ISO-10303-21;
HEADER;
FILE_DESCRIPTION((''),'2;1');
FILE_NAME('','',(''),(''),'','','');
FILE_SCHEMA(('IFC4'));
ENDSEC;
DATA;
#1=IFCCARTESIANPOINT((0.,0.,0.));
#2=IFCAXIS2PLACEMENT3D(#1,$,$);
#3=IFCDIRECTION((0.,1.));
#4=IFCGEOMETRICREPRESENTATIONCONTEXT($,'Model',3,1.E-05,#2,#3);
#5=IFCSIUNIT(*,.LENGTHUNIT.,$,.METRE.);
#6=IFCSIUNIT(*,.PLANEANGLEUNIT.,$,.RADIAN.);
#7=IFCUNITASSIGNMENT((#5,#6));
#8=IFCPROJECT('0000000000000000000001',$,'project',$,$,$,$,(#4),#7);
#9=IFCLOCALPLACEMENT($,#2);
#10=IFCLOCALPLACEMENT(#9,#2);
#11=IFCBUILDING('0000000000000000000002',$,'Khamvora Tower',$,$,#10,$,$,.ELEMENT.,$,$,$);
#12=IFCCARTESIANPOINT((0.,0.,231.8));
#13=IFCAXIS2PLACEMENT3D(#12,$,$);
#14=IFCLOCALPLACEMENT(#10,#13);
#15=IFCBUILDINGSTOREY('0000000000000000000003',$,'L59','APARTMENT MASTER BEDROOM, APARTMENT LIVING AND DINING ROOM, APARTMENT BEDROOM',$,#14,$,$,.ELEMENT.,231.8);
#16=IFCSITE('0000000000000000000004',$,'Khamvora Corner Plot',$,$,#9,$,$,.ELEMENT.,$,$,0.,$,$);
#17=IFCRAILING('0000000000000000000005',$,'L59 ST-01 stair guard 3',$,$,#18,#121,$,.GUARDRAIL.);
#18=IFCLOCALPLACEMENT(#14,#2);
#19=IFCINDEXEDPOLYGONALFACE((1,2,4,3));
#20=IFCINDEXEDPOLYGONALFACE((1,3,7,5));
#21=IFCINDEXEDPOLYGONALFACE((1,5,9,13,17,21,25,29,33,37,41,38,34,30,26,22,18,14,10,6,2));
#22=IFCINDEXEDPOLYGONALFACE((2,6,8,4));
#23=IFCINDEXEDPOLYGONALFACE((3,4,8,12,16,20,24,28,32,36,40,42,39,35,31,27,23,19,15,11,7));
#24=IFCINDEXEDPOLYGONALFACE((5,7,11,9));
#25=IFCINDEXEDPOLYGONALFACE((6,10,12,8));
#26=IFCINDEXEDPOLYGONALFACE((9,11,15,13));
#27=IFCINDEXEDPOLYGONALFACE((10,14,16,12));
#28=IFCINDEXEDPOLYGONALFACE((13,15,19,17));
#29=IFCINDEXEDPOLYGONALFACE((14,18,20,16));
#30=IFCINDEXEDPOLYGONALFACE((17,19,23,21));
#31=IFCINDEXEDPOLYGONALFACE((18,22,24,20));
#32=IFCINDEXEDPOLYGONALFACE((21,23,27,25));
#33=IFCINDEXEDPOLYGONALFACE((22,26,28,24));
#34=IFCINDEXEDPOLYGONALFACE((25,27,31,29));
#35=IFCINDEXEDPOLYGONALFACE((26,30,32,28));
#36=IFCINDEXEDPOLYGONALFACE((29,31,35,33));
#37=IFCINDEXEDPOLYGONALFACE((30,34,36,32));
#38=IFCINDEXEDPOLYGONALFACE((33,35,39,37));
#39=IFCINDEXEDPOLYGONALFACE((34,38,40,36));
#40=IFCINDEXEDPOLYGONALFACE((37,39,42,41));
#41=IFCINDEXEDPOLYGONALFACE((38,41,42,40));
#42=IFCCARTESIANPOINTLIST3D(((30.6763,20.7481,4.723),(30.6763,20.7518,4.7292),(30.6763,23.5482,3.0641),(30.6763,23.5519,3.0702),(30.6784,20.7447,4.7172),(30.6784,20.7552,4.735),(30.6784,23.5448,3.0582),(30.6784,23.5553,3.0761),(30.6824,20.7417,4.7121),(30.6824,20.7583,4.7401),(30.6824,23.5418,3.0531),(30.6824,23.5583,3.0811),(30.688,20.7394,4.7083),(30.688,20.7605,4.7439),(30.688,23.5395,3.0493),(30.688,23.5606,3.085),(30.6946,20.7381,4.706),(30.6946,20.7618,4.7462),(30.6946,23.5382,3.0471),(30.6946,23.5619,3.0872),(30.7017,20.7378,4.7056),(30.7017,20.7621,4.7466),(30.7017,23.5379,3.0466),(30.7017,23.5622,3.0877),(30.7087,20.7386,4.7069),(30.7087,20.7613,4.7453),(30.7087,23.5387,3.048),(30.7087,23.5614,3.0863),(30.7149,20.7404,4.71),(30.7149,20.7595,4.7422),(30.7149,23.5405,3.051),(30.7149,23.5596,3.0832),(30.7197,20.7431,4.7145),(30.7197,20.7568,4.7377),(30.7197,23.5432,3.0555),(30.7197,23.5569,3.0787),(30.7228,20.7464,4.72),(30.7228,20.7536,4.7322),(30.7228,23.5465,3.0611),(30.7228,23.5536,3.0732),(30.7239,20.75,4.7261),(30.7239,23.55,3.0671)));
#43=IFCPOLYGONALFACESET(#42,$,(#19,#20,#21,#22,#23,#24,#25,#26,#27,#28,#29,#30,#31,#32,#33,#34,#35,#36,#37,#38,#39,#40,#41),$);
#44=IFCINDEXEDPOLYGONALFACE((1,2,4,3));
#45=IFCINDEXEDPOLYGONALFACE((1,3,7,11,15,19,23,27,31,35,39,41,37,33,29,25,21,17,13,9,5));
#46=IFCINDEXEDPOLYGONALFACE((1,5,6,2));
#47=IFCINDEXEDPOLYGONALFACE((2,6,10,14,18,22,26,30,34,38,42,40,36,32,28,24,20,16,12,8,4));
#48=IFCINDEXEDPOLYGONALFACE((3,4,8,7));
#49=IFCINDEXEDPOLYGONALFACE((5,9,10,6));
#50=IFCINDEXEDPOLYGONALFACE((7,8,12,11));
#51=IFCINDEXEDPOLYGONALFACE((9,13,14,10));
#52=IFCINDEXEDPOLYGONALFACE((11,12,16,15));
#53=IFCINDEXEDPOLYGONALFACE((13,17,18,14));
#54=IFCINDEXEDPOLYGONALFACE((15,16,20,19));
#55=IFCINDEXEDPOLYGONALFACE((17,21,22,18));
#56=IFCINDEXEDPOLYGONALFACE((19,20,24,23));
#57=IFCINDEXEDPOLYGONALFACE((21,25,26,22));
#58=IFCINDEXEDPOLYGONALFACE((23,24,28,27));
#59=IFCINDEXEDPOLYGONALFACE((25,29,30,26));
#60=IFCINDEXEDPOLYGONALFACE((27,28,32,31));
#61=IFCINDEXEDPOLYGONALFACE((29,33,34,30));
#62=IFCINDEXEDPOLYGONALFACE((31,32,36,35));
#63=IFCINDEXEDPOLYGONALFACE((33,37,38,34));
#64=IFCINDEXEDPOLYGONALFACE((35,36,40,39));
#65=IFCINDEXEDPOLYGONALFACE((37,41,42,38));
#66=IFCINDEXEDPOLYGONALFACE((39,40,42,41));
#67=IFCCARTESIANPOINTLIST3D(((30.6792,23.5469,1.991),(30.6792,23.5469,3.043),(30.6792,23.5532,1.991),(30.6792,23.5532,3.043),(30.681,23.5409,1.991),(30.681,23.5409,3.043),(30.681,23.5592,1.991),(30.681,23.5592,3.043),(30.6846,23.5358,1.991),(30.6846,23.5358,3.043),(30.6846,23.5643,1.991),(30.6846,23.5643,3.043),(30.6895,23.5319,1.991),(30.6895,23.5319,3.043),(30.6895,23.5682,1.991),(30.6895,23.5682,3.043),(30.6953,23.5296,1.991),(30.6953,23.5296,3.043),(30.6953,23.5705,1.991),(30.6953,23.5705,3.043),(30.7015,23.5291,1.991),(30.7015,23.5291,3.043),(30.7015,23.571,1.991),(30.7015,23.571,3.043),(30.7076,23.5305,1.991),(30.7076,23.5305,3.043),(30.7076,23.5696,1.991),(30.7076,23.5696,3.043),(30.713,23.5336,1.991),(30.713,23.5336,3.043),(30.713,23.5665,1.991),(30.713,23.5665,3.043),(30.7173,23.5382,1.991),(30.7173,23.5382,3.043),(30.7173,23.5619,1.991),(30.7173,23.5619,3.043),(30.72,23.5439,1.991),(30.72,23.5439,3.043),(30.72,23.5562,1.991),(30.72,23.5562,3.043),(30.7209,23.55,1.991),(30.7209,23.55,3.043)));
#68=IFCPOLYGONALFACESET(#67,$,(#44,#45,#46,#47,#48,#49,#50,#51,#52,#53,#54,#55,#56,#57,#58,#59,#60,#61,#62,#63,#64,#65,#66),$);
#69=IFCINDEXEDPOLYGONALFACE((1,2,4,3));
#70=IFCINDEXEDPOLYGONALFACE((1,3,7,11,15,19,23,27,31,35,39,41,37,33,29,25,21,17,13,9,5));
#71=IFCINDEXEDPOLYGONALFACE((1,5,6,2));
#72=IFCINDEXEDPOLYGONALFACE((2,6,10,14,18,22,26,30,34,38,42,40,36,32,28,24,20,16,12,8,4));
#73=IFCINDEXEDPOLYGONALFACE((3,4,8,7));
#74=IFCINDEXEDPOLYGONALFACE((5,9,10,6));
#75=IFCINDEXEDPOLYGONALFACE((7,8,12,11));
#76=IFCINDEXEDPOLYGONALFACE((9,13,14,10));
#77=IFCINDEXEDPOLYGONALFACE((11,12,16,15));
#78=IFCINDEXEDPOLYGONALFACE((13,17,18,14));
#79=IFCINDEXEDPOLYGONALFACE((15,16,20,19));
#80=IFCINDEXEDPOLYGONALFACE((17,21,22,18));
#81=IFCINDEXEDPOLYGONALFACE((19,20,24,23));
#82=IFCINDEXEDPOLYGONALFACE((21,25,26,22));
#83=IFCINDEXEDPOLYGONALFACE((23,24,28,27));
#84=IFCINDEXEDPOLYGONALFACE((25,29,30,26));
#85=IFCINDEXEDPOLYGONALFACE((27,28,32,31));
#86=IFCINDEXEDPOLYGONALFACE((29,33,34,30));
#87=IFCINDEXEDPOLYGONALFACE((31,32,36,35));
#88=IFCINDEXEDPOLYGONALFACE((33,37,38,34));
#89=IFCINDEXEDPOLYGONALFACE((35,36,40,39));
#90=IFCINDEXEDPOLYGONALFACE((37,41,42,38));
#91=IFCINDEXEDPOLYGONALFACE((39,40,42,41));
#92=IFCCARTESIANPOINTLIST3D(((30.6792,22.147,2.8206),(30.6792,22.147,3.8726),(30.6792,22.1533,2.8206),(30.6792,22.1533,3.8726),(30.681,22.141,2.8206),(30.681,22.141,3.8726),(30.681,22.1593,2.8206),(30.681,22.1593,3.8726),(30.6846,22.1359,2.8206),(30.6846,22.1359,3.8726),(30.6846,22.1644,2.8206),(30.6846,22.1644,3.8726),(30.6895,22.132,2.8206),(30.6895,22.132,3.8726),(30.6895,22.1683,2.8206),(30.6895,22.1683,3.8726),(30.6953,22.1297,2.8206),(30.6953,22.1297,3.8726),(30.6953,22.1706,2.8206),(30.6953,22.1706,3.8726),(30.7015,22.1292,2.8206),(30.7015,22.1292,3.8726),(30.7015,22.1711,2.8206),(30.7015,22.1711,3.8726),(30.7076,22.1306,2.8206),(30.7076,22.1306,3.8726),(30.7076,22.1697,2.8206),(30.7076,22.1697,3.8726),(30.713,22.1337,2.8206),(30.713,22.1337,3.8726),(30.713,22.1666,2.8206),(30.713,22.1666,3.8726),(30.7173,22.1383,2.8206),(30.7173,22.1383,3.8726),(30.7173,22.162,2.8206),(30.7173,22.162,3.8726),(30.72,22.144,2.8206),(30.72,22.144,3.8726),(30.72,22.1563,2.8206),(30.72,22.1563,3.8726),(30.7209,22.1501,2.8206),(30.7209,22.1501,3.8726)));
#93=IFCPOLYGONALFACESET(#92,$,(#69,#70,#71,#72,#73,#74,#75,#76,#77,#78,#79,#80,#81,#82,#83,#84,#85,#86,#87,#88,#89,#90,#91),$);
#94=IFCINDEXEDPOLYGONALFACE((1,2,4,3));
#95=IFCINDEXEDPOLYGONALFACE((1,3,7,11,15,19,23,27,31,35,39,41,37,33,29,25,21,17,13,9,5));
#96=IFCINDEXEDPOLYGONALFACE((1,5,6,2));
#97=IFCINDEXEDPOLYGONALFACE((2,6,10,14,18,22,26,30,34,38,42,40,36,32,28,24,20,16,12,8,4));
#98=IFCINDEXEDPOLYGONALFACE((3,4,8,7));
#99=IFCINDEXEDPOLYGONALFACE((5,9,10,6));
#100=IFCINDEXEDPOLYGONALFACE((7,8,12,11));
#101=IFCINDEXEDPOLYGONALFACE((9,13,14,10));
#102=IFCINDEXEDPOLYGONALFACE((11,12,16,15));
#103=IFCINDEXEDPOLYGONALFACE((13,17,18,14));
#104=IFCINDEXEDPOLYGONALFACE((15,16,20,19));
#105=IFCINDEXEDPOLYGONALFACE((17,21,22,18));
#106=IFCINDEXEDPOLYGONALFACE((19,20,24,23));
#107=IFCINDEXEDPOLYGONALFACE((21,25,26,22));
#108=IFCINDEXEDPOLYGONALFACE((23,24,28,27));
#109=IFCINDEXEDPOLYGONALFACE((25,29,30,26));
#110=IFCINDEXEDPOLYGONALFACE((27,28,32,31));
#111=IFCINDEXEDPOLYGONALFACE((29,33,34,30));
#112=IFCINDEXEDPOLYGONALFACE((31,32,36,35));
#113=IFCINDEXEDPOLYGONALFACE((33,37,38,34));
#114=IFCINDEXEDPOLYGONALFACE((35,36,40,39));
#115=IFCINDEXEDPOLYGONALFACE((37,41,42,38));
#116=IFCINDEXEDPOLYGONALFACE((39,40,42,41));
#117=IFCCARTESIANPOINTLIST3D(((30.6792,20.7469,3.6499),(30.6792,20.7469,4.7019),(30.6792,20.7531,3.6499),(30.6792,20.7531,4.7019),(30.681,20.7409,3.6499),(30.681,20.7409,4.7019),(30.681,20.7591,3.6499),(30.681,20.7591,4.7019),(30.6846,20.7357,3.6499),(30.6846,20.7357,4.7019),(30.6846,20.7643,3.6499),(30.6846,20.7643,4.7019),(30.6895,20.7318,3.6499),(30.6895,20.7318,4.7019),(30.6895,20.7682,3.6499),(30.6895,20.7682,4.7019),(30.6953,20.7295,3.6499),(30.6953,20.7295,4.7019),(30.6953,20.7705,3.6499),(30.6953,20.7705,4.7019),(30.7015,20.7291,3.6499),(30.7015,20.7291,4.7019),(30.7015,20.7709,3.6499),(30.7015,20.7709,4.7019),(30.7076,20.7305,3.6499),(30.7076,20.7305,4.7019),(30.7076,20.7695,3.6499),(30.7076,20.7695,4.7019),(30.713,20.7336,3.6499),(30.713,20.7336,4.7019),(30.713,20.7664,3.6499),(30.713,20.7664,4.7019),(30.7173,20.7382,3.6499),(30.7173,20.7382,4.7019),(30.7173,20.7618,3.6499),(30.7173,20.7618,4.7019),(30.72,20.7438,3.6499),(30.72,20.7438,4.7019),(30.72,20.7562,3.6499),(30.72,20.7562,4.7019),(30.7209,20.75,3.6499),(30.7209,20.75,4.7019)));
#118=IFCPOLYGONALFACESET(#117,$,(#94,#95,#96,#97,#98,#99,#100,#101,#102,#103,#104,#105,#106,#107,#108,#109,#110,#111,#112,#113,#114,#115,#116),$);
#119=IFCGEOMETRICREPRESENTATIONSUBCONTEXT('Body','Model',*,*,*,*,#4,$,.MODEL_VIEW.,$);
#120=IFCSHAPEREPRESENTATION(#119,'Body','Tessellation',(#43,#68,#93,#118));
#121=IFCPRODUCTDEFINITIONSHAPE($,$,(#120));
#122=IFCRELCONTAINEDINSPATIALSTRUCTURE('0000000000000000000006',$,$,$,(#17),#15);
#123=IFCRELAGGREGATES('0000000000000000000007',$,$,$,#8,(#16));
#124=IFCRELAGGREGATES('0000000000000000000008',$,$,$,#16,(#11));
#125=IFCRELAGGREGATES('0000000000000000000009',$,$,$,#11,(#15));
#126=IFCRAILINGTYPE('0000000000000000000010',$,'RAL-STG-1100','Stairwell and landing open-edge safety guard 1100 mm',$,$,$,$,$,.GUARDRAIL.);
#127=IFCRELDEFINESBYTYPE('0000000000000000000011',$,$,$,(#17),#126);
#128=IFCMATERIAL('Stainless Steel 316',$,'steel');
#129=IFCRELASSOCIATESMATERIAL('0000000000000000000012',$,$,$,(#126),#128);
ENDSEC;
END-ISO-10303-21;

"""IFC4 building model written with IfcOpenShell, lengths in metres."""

from ifc_helpers import new_model, si_unit, direction, frame, origin, origin_2d, place, context, subcontext, project, spatial, circle, extrude, material, type_object, element, save


model = new_model("IFC4")

# Units and contexts
model_context = context("Model", 3, precision=1e-05, world=origin(), true_north=direction((0.0, 1.0)))
body_context = subcontext(model_context, "Body", "Model", "MODEL_VIEW")
ifc_project = project(units=[si_unit("LENGTHUNIT", "METRE"), si_unit("PLANEANGLEUNIT", "RADIAN")], contexts=[model_context])

# Site, building, storey
site_placement = place(None, origin())
site = spatial("IfcSite", under=ifc_project, at=site_placement, Name="Khamvora Corner Plot", CompositionType="ELEMENT", RefElevation=0.0)
building_placement = place(site_placement, origin())
building = spatial("IfcBuilding", under=site, at=building_placement, Name="Khamvora Tower", CompositionType="ELEMENT")
storey_placement = place(building_placement, frame((0.0, 0.0, 231.8)))
storey = spatial("IfcBuildingStorey", under=building, at=storey_placement, Name="L59", Description="APARTMENT MASTER BEDROOM, APARTMENT LIVING AND DINING ROOM, APARTMENT BEDROOM", CompositionType="ELEMENT", Elevation=231.8)

# Railing
ifc_material_1 = material(Name="Stainless Steel 316", Category="steel")
railing_type_1 = type_object("IfcRailingType", Name="RAL-STG-1100", Description="Stairwell and landing open-edge safety guard 1100 mm", PredefinedType="GUARDRAIL", material=ifc_material_1)
railing_1_placement = place(storey_placement, frame((30.7, 23.55, 1.991)))
element("IfcRailing", 1, at=railing_1_placement, inside=storey, type_object=railing_type_1, Name="L59 ST-01 stair guard 3", PredefinedType="GUARDRAIL", context=body_context, shape_type="SweptSolid", body=[
    extrude(circle(Radius=0.0239, at=origin_2d()), frame((0.0, 0.0, 1.0762), z_axis=(0.0, -0.860339, 0.509722), x_axis=(1.0, 0.0, 0.0)), (0.0, 0.0, 1.0), 3.2546),
    extrude(circle(Radius=0.021, at=origin_2d()), origin(), (0.0, 0.0, 1.0), 1.052),
    extrude(circle(Radius=0.021, at=origin_2d()), frame((0.0, -1.3999, 0.8296)), (0.0, 0.0, 1.0), 1.052),
    extrude(circle(Radius=0.021, at=origin_2d()), frame((0.0, -2.8, 1.6589)), (0.0, 0.0, 1.0), 1.052),
])

save(model, "model.ifc")
